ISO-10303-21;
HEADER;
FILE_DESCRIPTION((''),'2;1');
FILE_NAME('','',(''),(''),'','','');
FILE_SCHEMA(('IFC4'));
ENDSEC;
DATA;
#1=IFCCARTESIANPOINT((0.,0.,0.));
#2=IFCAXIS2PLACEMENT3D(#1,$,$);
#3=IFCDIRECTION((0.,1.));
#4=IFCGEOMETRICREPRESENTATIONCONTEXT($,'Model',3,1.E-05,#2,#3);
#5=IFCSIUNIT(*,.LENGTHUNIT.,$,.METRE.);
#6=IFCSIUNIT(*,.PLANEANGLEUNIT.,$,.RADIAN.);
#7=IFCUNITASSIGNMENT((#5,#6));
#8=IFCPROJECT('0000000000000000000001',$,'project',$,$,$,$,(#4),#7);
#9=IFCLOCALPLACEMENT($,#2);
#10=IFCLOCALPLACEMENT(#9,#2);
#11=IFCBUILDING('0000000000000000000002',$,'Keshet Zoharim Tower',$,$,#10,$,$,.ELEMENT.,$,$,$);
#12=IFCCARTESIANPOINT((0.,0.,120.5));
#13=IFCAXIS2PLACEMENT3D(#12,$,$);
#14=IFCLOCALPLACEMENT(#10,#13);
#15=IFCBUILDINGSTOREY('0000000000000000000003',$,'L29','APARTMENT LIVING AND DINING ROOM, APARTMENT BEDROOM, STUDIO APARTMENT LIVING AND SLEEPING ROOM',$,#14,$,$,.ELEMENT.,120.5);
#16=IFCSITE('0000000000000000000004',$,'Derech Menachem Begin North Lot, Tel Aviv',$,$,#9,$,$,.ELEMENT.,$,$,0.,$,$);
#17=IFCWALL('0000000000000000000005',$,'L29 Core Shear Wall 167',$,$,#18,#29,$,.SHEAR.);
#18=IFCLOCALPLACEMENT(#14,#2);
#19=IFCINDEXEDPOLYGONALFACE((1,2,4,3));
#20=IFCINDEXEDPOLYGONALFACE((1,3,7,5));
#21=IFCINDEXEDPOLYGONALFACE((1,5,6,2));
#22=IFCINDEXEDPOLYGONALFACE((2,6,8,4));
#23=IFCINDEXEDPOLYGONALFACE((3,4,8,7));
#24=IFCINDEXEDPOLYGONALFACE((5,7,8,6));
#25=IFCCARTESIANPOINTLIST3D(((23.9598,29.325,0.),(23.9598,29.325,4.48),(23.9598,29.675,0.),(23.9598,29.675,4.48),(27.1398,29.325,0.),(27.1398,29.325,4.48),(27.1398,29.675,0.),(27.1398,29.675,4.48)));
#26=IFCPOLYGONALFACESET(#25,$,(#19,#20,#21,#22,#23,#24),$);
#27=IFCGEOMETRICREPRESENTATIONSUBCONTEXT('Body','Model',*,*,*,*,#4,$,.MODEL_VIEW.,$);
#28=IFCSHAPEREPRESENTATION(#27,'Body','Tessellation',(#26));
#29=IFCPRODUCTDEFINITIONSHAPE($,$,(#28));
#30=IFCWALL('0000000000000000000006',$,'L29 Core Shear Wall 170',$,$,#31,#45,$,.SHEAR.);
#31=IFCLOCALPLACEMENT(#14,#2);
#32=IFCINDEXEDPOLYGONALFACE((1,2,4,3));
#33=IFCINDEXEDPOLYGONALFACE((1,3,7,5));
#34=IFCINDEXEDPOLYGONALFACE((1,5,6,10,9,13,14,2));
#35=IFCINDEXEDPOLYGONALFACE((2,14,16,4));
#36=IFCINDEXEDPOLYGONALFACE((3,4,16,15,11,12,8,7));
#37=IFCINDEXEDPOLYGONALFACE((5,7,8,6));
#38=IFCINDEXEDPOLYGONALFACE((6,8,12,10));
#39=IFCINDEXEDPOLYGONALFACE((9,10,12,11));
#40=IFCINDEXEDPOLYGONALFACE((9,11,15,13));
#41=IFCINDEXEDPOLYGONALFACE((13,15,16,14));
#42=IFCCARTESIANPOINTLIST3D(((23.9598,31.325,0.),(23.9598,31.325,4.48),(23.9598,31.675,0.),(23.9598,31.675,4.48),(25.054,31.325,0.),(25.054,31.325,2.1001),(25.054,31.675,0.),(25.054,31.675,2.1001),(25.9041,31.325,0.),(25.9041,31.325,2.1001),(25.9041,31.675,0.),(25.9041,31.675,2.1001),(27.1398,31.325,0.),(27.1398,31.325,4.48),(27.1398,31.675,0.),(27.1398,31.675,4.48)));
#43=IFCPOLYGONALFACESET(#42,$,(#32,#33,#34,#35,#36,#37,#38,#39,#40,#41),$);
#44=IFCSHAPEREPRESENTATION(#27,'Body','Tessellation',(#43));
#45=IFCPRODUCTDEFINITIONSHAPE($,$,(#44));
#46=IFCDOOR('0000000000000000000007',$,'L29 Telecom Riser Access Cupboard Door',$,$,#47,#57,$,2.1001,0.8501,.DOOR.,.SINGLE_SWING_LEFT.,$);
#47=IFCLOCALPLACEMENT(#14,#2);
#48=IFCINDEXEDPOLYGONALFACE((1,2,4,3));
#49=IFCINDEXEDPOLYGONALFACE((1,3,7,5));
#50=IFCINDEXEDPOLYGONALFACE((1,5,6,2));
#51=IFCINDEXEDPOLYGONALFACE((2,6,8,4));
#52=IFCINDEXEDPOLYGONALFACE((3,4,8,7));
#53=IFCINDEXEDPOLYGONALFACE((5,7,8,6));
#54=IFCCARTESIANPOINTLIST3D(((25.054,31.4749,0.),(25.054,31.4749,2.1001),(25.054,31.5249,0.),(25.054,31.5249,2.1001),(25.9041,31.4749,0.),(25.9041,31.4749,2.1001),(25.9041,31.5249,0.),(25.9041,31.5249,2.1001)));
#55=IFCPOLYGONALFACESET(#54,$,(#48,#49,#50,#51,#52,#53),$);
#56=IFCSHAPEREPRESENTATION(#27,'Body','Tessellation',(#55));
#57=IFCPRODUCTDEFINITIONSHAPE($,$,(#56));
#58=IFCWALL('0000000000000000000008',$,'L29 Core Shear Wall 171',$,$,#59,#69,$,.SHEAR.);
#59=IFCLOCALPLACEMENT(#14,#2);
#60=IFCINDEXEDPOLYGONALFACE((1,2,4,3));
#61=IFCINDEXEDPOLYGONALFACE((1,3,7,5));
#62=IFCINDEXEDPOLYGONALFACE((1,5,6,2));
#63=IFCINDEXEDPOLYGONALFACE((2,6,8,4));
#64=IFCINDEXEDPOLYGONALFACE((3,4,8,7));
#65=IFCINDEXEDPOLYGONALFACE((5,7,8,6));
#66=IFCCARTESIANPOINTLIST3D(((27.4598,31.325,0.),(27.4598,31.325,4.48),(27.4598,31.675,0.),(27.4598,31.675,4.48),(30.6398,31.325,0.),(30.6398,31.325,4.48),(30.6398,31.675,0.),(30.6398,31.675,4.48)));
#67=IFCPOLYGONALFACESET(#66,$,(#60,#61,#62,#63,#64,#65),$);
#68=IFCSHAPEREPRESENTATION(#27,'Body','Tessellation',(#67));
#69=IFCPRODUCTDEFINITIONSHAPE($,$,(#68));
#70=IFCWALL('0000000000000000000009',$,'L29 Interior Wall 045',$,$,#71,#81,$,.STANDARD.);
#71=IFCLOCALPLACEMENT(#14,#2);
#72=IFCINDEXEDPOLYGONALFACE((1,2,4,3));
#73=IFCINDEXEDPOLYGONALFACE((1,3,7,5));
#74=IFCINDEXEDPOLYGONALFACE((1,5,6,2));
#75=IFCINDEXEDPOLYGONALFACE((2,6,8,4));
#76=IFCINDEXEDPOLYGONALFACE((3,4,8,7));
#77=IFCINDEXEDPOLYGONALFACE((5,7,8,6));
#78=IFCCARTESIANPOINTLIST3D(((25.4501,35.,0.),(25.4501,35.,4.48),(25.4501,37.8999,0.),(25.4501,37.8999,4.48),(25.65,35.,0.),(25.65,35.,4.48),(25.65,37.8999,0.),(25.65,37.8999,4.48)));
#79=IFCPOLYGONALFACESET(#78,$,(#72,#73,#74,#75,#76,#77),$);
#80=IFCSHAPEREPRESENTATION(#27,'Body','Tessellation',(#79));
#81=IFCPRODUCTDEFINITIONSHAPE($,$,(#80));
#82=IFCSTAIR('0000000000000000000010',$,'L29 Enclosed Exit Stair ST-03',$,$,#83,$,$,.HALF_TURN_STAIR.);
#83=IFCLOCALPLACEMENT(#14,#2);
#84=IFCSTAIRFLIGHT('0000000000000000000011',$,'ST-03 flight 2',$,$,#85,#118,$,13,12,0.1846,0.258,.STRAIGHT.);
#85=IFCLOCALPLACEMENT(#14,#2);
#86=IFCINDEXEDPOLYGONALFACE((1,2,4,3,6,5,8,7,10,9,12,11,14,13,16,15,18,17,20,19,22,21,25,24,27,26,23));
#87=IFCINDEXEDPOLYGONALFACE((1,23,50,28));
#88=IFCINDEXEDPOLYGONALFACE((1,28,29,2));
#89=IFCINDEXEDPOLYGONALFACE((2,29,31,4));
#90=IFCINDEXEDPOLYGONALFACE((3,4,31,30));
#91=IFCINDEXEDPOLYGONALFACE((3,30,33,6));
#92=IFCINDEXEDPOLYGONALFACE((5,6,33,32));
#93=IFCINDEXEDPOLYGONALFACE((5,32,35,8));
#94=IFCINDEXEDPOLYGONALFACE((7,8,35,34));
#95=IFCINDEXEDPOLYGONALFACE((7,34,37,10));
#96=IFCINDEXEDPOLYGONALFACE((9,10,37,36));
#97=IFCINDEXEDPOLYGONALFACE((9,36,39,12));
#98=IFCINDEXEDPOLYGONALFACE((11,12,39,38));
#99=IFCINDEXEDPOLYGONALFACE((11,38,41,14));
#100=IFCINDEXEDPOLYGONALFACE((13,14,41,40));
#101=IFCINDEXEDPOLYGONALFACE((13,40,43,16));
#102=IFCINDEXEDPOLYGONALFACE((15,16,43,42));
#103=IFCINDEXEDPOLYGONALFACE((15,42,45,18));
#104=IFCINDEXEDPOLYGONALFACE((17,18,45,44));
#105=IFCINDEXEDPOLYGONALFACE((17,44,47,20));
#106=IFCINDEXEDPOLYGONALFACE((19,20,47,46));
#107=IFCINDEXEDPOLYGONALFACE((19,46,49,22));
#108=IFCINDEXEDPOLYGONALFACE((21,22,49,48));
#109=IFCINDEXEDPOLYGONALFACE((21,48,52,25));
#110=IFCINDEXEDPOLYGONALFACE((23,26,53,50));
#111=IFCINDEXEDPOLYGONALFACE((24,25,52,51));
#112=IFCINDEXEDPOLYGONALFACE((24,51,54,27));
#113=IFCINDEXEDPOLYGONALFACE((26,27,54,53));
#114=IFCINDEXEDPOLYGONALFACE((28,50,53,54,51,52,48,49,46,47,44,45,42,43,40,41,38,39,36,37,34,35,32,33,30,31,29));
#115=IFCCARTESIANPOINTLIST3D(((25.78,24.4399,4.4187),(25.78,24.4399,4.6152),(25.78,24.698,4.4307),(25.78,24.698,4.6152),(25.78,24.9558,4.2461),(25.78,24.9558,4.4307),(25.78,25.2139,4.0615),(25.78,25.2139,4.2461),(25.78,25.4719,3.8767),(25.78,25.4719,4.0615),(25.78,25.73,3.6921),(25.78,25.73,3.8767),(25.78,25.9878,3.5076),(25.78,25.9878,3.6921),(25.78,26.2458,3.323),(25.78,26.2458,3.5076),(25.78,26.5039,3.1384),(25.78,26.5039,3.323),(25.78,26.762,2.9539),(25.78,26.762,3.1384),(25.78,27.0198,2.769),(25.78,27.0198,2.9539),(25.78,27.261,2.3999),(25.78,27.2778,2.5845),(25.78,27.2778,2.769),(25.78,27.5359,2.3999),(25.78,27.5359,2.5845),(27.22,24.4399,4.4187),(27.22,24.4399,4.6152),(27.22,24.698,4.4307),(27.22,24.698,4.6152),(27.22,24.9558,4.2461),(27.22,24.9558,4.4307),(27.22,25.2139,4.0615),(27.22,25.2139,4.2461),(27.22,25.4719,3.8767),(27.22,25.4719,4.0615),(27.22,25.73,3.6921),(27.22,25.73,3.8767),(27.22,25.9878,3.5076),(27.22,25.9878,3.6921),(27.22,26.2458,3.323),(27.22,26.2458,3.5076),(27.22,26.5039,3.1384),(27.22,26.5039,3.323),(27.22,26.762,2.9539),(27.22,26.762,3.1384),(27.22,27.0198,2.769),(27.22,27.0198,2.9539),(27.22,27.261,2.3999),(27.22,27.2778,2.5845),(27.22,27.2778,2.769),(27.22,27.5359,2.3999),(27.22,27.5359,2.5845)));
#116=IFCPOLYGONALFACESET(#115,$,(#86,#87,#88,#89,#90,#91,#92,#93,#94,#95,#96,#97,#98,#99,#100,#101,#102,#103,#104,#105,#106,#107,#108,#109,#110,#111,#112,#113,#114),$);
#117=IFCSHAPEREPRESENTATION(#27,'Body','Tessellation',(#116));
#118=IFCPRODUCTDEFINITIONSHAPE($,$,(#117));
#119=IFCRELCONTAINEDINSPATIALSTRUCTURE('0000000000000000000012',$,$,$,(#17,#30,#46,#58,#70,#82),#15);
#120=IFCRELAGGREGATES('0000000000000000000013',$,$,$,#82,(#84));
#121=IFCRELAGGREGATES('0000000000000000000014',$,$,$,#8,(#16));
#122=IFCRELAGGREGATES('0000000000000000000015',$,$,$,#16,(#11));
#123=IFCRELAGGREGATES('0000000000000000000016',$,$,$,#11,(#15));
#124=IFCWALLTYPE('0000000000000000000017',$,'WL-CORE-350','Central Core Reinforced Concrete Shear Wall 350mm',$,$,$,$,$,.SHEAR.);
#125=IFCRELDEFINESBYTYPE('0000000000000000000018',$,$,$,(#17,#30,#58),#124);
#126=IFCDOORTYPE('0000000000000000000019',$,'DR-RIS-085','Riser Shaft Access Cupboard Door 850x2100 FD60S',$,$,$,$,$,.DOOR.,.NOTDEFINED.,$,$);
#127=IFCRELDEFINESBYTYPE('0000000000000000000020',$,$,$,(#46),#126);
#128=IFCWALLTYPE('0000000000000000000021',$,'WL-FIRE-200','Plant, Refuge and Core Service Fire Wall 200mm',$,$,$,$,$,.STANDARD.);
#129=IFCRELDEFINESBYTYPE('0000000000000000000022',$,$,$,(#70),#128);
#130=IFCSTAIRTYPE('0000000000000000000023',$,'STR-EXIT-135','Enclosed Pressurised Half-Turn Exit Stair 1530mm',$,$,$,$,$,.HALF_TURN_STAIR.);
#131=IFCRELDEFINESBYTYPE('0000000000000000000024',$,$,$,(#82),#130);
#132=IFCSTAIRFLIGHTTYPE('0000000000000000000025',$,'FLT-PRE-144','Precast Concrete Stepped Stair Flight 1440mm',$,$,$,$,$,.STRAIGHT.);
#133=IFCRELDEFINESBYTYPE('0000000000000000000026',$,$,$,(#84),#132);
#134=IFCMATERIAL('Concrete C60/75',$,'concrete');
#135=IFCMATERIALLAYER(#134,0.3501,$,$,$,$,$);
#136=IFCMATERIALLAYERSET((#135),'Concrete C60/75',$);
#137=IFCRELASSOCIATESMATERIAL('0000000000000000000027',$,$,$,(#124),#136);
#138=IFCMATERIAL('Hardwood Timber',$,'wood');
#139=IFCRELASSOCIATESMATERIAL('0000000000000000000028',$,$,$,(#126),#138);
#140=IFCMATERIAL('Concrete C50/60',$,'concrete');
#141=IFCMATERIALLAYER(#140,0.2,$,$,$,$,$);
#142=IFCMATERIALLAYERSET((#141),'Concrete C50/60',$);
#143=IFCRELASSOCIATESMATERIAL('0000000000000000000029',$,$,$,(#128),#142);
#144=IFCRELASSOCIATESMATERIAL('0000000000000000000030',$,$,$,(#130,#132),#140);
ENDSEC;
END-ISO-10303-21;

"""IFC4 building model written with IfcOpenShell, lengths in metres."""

from ifc_helpers import new_model, si_unit, direction, frame, frame_2d, origin, place, context, subcontext, project, spatial, polyline, rectangle, outline, extrude, material, layer, layer_set, type_object, element, fill, aggregate, save


model = new_model("IFC4")

# Units and contexts
model_context = context("Model", 3, precision=1e-05, world=origin(), true_north=direction((0.0, 1.0)))
body_context = subcontext(model_context, "Body", "Model", "MODEL_VIEW")
ifc_project = project(units=[si_unit("LENGTHUNIT", "METRE"), si_unit("PLANEANGLEUNIT", "RADIAN")], contexts=[model_context])

# Site, building, storey
site_placement = place(None, origin())
site = spatial("IfcSite", under=ifc_project, at=site_placement, Name="Derech Menachem Begin North Lot, Tel Aviv", CompositionType="ELEMENT", RefElevation=0.0)
building_placement = place(site_placement, origin())
building = spatial("IfcBuilding", under=site, at=building_placement, Name="Keshet Zoharim Tower", CompositionType="ELEMENT")
storey_placement = place(building_placement, frame((0.0, 0.0, 120.5)))
storey = spatial("IfcBuildingStorey", under=building, at=storey_placement, Name="L29", Description="APARTMENT LIVING AND DINING ROOM, APARTMENT BEDROOM, STUDIO APARTMENT LIVING AND SLEEPING ROOM", CompositionType="ELEMENT", Elevation=120.5)

# Shared definitions
ifc_material_1 = material(Name="Concrete C60/75", Category="concrete")
ifc_layer_1 = layer(ifc_material_1, 0.3501)
ifc_layer_set_1 = layer_set([ifc_layer_1], Name="Concrete C60/75")
wall_type_1 = type_object("IfcWallType", Name="WL-CORE-350", Description="Central Core Reinforced Concrete Shear Wall 350mm", PredefinedType="SHEAR", material=ifc_layer_set_1)

# Shared definitions
ifc_material_2 = material(Name="Hardwood Timber", Category="wood")

# Wall
wall_1_placement = place(storey_placement, frame((23.96, 29.5, 0.0), z_axis=(0.0, 0.0, 1.0), x_axis=(1.0, 0.0, 0.0)))
element("IfcWall", 1, at=wall_1_placement, inside=storey, type_object=wall_type_1, Name="L29 Core Shear Wall 167", PredefinedType="SHEAR", context=body_context, shape_type="SweptSolid", body=[
    extrude(rectangle(XDim=3.1799, YDim=0.3501, at=frame_2d((1.5898, 0.0))), origin(), (0.0, 0.0, 1.0), 4.48),
])

# Wall, opening, door
wall_2_placement = place(storey_placement, frame((23.96, 31.5, 0.0), z_axis=(0.0, 0.0, 1.0), x_axis=(1.0, 0.0, 0.0)))
wall_2 = element("IfcWall", 2, at=wall_2_placement, inside=storey, type_object=wall_type_1, Name="L29 Core Shear Wall 170", PredefinedType="SHEAR", context=body_context, shape_type="SweptSolid", body=[
    extrude(rectangle(XDim=3.1799, YDim=0.3501, at=frame_2d((1.5898, 0.0))), origin(), (0.0, 0.0, 1.0), 4.48),
])
opening_1_placement = place(wall_2_placement, frame((1.094, 0.0, 0.0)))
opening_1 = element("IfcOpeningElement", 3, at=opening_1_placement, cuts=wall_2, PredefinedType="OPENING", context=body_context, shape_type="SweptSolid", body=[
    extrude(rectangle(XDim=0.8501, YDim=2.1001, at=frame_2d((0.425, 1.05))), frame((0.0, 0.1851, 0.0), z_axis=(0.0, -1.0, 0.0), x_axis=(1.0, 0.0, 0.0)), (0.0, 0.0, 1.0), 0.3701),
])
door_type_1 = type_object("IfcDoorType", Name="DR-RIS-085", Description="Riser Shaft Access Cupboard Door 850x2100 FD60S", OperationType="NOTDEFINED", PredefinedType="DOOR", material=ifc_material_2)
door_1_placement = place(opening_1_placement, origin())
door_1 = element("IfcDoor", 4, at=door_1_placement, inside=storey, type_object=door_type_1, Name="L29 Telecom Riser Access Cupboard Door", OperationType="SINGLE_SWING_LEFT", OverallHeight=2.1001, OverallWidth=0.8501, PredefinedType="DOOR", context=body_context, shape_type="SweptSolid", body=[
    extrude(rectangle(XDim=0.8501, YDim=2.1001, at=frame_2d((0.425, 1.05))), frame((0.0, 0.0249, 0.0), z_axis=(0.0, -1.0, 0.0), x_axis=(1.0, 0.0, 0.0)), (0.0, 0.0, 1.0), 0.05),
])
fill(opening_1, door_1)

# Walls
wall_3_placement = place(storey_placement, frame((27.46, 31.5, 0.0), z_axis=(0.0, 0.0, 1.0), x_axis=(1.0, 0.0, 0.0)))
element("IfcWall", 5, at=wall_3_placement, inside=storey, type_object=wall_type_1, Name="L29 Core Shear Wall 171", PredefinedType="SHEAR", context=body_context, shape_type="SweptSolid", body=[
    extrude(rectangle(XDim=3.1799, YDim=0.3501, at=frame_2d((1.5898, 0.0))), origin(), (0.0, 0.0, 1.0), 4.48),
])
ifc_material_3 = material(Name="Concrete C50/60", Category="concrete")
ifc_layer_2 = layer(ifc_material_3, 0.2)
ifc_layer_set_2 = layer_set([ifc_layer_2], Name="Concrete C50/60")
wall_type_2 = type_object("IfcWallType", Name="WL-FIRE-200", Description="Plant, Refuge and Core Service Fire Wall 200mm", PredefinedType="STANDARD", material=ifc_layer_set_2)
wall_4_placement = place(storey_placement, frame((25.55, 35.0, 0.0), z_axis=(0.0, 0.0, 1.0), x_axis=(0.0, 1.0, 0.0)))
element("IfcWall", 6, at=wall_4_placement, inside=storey, type_object=wall_type_2, Name="L29 Interior Wall 045", PredefinedType="STANDARD", context=body_context, shape_type="SweptSolid", body=[
    extrude(rectangle(XDim=2.8999, YDim=0.2, at=frame_2d((1.45, 0.0))), origin(), (0.0, 0.0, 1.0), 4.48),
])

# Stair, stair flight
stair_type = type_object("IfcStairType", Name="STR-EXIT-135", Description="Enclosed Pressurised Half-Turn Exit Stair 1530mm", PredefinedType="HALF_TURN_STAIR", material=ifc_material_3)
stair_placement = place(storey_placement, origin())
stair = element("IfcStair", 7, at=stair_placement, inside=storey, type_object=stair_type, Name="L29 Enclosed Exit Stair ST-03", PredefinedType="HALF_TURN_STAIR")
stair_flight_type = type_object("IfcStairFlightType", Name="FLT-PRE-144", Description="Precast Concrete Stepped Stair Flight 1440mm", PredefinedType="STRAIGHT", material=ifc_material_3)
stair_flight_placement = place(storey_placement, frame((26.5, 27.5359, 2.3999), z_axis=(0.0, 0.0, 1.0), x_axis=(0.0, -1.0, 0.0)))
stair_flight = element("IfcStairFlight", 8, at=stair_flight_placement, type_object=stair_flight_type, Name="ST-03 flight 2", NumberOfRisers=13, NumberOfTreads=12, PredefinedType="STRAIGHT", RiserHeight=0.1846, TreadLength=0.258, context=body_context, shape_type="SweptSolid", body=[
    extrude(outline(polyline([(0.0, 0.0), (0.0, 0.1846), (0.2581, 0.1846), (0.2581, 0.3691), (0.5161, 0.3691), (0.5161, 0.554), (0.7739, 0.554), (0.7739, 0.7385), (1.032, 0.7385), (1.032, 0.9231), (1.29, 0.9231), (1.29, 1.1077), (1.5481, 1.1077), (1.5481, 1.2922), (1.8059, 1.2922), (1.8059, 1.4768), (2.064, 1.4768), (2.064, 1.6616), (2.322, 1.6616), (2.322, 1.8462), (2.5801, 1.8462), (2.5801, 2.0308), (2.8379, 2.0308), (2.8379, 2.2153), (3.0959, 2.2153), (3.0959, 2.3999), (3.0959, 2.0188), (0.2749, 0.0), (0.0, 0.0)])), frame((0.0, 0.72, 0.0), z_axis=(0.0, -1.0, 0.0), x_axis=(1.0, 0.0, 0.0)), (0.0, 0.0, 1.0), 1.4399),
])
aggregate(stair, [stair_flight])

save(model, "model.ifc")
